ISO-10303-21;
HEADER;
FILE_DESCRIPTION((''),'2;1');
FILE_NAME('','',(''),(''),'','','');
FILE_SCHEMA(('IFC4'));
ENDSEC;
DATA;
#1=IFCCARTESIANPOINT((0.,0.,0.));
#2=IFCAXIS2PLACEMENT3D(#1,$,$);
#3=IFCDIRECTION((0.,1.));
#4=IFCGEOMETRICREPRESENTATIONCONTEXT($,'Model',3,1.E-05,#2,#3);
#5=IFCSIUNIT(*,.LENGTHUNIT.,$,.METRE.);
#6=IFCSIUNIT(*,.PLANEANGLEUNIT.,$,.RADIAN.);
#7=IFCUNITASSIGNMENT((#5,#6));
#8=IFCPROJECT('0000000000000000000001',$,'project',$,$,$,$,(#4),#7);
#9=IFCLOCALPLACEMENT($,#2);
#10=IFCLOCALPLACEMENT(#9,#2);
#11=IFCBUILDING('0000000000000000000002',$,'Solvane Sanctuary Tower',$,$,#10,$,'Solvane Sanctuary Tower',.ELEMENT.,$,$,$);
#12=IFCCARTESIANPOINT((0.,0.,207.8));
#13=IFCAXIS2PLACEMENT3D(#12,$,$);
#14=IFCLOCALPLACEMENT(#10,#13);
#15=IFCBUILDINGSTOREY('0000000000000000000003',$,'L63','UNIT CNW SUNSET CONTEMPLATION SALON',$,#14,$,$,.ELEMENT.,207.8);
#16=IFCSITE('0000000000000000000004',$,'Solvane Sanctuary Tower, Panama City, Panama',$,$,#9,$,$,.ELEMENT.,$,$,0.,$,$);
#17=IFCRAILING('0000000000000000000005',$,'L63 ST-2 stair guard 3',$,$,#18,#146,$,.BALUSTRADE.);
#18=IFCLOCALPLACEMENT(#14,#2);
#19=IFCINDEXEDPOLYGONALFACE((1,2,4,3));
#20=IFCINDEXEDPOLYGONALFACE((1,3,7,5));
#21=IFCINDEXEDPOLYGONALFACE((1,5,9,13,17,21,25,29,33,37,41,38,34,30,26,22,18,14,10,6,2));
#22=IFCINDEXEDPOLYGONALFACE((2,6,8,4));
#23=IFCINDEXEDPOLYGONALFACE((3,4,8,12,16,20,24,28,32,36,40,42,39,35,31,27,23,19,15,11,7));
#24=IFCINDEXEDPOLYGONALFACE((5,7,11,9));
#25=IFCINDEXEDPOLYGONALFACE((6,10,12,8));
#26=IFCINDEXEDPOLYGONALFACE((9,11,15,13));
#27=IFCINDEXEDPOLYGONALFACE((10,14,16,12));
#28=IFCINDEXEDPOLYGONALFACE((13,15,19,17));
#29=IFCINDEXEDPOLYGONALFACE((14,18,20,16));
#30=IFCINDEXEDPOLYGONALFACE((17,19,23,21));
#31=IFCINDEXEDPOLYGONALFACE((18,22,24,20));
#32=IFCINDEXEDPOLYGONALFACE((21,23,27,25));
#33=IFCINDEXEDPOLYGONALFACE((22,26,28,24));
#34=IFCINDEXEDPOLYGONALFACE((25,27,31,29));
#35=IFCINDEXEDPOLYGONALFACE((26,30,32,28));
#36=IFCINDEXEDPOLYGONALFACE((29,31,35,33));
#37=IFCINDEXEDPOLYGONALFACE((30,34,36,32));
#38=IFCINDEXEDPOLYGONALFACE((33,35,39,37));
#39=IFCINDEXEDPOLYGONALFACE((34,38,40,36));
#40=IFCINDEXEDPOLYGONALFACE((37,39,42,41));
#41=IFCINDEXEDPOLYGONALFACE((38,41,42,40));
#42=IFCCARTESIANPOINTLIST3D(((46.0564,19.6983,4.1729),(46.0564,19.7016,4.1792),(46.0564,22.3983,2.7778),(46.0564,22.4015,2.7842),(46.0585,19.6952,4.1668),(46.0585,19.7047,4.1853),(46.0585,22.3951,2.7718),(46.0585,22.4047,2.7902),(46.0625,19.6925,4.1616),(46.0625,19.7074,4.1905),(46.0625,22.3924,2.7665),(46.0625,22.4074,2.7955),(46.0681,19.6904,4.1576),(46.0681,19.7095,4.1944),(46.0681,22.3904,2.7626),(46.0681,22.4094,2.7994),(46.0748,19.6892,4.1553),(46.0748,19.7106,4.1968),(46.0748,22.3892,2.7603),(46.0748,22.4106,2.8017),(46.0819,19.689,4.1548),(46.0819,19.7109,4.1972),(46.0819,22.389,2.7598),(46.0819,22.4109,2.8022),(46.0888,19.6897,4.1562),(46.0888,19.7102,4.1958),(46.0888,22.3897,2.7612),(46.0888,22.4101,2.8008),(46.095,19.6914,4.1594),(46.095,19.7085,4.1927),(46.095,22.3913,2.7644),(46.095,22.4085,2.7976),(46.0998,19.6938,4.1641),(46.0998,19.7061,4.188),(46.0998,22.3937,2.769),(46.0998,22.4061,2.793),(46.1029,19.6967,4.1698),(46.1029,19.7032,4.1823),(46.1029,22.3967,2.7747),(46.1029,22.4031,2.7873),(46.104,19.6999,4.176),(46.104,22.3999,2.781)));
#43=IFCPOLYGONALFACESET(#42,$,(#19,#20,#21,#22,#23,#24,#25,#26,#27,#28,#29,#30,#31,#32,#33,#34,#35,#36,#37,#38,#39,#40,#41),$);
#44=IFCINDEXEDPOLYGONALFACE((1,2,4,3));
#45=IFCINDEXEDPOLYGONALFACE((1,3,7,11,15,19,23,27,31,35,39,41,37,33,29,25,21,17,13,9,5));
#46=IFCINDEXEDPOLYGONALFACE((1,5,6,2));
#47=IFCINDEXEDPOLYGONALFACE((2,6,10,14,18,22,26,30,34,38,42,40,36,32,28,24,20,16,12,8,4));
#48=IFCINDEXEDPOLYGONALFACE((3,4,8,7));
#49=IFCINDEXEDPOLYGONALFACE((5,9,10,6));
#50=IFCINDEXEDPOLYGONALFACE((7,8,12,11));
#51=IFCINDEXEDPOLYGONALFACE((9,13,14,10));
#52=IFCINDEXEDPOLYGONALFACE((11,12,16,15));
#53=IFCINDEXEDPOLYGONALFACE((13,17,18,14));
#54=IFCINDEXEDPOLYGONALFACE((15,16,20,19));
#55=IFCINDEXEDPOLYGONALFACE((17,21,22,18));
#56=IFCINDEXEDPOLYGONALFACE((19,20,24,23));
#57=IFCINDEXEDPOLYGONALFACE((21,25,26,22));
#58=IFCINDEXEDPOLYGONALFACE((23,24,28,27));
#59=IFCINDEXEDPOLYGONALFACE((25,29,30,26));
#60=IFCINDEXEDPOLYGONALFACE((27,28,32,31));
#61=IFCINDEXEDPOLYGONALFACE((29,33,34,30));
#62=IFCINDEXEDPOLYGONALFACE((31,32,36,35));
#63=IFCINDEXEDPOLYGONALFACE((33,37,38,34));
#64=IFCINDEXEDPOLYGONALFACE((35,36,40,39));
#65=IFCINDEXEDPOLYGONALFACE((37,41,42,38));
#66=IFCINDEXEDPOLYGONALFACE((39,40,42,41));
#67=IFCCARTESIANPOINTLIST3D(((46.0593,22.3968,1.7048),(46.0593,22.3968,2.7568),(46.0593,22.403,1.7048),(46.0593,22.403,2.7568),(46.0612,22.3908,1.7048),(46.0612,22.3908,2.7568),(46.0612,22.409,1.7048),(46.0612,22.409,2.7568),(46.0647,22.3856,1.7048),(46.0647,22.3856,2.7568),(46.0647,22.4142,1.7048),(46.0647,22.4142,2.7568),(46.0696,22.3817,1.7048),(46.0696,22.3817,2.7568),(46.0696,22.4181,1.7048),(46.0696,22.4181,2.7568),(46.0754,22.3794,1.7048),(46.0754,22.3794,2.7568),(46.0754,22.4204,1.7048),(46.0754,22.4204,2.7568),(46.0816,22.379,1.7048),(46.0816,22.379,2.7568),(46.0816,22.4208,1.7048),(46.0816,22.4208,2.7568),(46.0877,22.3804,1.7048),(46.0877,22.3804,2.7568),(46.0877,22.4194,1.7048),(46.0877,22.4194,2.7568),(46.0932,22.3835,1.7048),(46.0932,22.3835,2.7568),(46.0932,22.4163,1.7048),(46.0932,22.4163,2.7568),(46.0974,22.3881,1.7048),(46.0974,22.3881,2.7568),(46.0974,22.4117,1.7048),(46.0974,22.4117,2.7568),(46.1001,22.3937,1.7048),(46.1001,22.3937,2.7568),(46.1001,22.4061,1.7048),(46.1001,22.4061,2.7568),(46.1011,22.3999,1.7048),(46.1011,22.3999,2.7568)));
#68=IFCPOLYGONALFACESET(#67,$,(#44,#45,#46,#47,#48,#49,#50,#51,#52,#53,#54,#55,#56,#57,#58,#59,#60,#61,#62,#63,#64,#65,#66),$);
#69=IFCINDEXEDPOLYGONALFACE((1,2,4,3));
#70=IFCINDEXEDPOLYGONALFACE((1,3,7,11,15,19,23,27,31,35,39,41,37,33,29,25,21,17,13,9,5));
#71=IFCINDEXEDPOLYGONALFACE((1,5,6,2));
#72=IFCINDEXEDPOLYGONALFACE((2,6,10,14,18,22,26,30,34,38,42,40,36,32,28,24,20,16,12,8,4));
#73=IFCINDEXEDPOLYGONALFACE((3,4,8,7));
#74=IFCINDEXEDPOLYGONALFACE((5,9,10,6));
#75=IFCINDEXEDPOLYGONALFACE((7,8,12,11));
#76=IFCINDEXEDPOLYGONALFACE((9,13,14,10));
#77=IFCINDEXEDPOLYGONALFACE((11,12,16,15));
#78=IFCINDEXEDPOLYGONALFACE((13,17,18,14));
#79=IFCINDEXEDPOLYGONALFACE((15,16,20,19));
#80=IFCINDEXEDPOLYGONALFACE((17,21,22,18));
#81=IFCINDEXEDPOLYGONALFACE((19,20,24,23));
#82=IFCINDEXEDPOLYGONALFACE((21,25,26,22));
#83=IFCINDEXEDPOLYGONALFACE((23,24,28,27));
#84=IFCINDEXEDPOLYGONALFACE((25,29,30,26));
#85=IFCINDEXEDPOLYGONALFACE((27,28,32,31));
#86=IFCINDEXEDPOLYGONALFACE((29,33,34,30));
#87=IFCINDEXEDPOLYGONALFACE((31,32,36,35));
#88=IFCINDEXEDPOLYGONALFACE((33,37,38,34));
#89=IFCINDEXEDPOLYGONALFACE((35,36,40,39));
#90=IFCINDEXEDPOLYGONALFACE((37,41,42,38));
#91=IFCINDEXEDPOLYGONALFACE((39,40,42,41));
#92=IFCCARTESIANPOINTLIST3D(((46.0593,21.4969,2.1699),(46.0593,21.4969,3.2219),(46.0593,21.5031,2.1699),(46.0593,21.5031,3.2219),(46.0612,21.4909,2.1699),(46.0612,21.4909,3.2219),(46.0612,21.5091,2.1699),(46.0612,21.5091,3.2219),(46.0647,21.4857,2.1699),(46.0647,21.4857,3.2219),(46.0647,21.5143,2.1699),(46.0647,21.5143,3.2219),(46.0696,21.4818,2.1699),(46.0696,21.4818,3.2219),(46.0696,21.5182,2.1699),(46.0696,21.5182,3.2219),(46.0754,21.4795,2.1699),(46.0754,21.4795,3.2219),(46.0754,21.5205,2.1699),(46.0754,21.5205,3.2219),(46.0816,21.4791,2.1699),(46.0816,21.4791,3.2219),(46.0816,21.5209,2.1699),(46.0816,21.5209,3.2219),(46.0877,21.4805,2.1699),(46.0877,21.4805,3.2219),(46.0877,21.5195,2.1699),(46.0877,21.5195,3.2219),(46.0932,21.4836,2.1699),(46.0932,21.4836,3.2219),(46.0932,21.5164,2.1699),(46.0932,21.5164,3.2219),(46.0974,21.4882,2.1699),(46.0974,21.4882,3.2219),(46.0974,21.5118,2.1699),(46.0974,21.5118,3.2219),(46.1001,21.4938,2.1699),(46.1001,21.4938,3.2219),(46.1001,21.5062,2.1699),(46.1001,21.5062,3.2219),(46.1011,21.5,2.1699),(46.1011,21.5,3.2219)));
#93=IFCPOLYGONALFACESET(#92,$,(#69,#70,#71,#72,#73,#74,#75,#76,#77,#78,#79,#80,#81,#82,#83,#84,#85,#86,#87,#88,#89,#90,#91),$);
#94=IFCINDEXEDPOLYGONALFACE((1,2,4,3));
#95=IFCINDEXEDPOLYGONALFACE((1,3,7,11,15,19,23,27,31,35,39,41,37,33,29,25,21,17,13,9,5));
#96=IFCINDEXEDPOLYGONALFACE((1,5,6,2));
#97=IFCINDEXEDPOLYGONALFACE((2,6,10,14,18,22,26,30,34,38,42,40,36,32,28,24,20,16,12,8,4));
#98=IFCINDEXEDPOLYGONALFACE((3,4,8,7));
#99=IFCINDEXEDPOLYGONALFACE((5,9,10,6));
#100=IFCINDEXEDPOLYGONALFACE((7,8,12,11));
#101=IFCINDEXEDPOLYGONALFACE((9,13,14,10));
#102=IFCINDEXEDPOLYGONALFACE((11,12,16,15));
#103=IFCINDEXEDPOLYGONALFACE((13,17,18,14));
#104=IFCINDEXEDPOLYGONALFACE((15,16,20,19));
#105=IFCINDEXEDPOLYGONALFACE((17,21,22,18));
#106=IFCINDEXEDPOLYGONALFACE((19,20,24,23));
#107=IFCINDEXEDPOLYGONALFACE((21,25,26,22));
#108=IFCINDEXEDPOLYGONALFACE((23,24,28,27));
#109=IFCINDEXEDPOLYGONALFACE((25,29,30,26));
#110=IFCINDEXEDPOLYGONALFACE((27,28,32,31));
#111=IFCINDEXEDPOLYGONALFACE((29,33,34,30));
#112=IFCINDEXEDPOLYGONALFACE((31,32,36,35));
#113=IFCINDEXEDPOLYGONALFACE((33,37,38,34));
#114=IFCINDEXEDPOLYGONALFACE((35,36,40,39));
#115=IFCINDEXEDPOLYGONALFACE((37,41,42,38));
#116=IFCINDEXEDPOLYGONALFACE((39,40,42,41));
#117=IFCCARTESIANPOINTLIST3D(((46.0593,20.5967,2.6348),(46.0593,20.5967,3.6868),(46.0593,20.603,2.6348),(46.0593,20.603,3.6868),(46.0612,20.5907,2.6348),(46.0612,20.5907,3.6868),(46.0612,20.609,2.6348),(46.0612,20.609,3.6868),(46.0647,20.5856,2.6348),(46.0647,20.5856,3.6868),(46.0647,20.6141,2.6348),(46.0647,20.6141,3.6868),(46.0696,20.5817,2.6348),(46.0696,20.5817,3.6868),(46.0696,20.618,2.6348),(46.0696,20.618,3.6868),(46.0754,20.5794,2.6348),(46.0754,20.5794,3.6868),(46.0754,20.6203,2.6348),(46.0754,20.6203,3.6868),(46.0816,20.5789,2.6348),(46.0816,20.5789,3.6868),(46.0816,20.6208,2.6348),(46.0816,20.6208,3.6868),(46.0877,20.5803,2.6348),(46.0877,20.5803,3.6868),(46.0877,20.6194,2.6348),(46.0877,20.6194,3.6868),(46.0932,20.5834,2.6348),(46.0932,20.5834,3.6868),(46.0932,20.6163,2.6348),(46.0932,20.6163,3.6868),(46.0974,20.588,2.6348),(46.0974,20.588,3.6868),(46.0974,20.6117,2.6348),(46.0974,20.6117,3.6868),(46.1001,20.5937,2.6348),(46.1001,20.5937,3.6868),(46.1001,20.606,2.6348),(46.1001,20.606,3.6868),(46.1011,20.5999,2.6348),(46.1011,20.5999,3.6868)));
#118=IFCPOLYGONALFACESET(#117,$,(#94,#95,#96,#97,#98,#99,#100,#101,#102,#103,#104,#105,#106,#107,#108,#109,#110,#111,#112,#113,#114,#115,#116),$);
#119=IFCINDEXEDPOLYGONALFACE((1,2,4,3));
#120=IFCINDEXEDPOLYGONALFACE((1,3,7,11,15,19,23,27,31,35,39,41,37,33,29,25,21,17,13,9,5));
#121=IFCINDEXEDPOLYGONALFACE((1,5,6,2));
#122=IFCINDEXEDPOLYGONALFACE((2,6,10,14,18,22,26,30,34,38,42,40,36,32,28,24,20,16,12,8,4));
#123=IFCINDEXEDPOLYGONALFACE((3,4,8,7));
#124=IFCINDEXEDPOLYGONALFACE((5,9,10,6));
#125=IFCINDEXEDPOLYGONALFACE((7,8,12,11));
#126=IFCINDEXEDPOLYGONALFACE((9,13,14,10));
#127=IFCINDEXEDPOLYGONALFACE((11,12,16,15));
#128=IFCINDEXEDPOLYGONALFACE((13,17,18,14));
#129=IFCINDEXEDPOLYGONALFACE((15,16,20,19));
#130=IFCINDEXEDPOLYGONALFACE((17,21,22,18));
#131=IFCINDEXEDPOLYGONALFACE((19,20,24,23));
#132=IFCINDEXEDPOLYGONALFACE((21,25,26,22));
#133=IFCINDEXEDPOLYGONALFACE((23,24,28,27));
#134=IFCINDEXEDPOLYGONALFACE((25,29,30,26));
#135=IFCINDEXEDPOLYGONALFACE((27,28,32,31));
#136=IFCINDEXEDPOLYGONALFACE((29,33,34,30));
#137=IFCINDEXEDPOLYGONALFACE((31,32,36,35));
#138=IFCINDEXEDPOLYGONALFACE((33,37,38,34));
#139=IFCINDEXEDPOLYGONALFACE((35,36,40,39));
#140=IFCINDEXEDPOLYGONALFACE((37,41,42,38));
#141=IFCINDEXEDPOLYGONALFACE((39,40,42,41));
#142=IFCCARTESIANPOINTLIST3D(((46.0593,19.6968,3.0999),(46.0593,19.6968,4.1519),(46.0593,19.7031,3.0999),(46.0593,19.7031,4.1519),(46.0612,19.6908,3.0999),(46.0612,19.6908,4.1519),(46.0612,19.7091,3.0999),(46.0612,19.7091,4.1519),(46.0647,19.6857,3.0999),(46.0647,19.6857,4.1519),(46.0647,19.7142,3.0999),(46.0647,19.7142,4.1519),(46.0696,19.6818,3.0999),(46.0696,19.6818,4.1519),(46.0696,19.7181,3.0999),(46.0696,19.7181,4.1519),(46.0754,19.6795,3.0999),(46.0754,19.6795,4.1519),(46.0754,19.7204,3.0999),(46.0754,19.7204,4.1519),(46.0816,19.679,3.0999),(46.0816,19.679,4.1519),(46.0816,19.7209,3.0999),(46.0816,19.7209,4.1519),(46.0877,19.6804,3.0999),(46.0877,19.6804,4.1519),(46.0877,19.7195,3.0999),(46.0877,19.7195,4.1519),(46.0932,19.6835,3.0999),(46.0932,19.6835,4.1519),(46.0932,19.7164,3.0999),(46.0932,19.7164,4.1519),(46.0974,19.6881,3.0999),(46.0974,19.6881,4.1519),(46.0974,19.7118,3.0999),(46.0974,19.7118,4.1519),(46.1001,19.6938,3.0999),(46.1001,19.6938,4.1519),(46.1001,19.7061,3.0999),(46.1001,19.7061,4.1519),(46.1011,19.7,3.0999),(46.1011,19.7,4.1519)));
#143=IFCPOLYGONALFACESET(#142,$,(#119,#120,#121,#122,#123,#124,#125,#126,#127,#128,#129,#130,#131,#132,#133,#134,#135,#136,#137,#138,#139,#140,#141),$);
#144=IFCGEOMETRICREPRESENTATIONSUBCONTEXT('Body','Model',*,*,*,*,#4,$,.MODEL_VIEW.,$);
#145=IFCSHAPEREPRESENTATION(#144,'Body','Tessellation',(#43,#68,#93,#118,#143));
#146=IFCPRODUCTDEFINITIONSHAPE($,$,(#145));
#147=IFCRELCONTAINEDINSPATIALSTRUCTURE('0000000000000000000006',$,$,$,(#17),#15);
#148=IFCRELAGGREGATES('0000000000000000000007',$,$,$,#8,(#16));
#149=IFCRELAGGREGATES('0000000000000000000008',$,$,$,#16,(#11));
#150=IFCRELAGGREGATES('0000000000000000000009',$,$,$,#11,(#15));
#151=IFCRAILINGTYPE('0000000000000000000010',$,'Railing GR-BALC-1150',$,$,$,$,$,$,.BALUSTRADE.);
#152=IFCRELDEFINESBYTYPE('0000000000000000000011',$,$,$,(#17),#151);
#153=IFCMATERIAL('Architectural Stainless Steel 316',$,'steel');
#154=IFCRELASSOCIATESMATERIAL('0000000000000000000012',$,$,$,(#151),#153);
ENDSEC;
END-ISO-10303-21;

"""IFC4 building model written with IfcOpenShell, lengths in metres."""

from ifc_helpers import new_model, si_unit, direction, frame, origin, origin_2d, place, context, subcontext, project, spatial, circle, extrude, material, type_object, element, save


model = new_model("IFC4")

# Units and contexts
model_context = context("Model", 3, precision=1e-05, world=origin(), true_north=direction((0.0, 1.0)))
body_context = subcontext(model_context, "Body", "Model", "MODEL_VIEW")
ifc_project = project(units=[si_unit("LENGTHUNIT", "METRE"), si_unit("PLANEANGLEUNIT", "RADIAN")], contexts=[model_context])

# Site, building, storey
site_placement = place(None, origin())
site = spatial("IfcSite", under=ifc_project, at=site_placement, Name="Solvane Sanctuary Tower, Panama City, Panama", CompositionType="ELEMENT", RefElevation=0.0)
building_placement = place(site_placement, origin())
building = spatial("IfcBuilding", under=site, at=building_placement, Name="Solvane Sanctuary Tower", LongName="Solvane Sanctuary Tower", CompositionType="ELEMENT")
storey_placement = place(building_placement, frame((0.0, 0.0, 207.8)))
storey = spatial("IfcBuildingStorey", under=building, at=storey_placement, Name="L63", Description="UNIT CNW SUNSET CONTEMPLATION SALON", CompositionType="ELEMENT", Elevation=207.8)

# Shared definitions
ifc_material_1 = material(Name="Architectural Stainless Steel 316", Category="steel")

# Railing
railing_type = type_object("IfcRailingType", Name="Railing GR-BALC-1150", PredefinedType="BALUSTRADE", material=ifc_material_1)
railing_1_placement = place(storey_placement, frame((46.0801, 22.3999, 1.7048)))
element("IfcRailing", 1, at=railing_1_placement, inside=storey, type_object=railing_type, Name="L63 ST-2 stair guard 3", PredefinedType="BALUSTRADE", context=body_context, shape_type="SweptSolid", body=[
    extrude(circle(Radius=0.0239, at=origin_2d()), frame((0.0, 0.0, 1.0762), z_axis=(0.0, -0.88842, 0.459032), x_axis=(1.0, 0.0, 0.0)), (0.0, 0.0, 1.0), 3.0391),
    extrude(circle(Radius=0.021, at=origin_2d()), origin(), (0.0, 0.0, 1.0), 1.052),
    extrude(circle(Radius=0.021, at=origin_2d()), frame((0.0, -0.8999, 0.4651)), (0.0, 0.0, 1.0), 1.052),
    extrude(circle(Radius=0.021, at=origin_2d()), frame((0.0, -1.8, 0.9299)), (0.0, 0.0, 1.0), 1.052),
    extrude(circle(Radius=0.021, at=origin_2d()), frame((0.0, -2.7, 1.395)), (0.0, 0.0, 1.0), 1.052),
])

save(model, "model.ifc")
